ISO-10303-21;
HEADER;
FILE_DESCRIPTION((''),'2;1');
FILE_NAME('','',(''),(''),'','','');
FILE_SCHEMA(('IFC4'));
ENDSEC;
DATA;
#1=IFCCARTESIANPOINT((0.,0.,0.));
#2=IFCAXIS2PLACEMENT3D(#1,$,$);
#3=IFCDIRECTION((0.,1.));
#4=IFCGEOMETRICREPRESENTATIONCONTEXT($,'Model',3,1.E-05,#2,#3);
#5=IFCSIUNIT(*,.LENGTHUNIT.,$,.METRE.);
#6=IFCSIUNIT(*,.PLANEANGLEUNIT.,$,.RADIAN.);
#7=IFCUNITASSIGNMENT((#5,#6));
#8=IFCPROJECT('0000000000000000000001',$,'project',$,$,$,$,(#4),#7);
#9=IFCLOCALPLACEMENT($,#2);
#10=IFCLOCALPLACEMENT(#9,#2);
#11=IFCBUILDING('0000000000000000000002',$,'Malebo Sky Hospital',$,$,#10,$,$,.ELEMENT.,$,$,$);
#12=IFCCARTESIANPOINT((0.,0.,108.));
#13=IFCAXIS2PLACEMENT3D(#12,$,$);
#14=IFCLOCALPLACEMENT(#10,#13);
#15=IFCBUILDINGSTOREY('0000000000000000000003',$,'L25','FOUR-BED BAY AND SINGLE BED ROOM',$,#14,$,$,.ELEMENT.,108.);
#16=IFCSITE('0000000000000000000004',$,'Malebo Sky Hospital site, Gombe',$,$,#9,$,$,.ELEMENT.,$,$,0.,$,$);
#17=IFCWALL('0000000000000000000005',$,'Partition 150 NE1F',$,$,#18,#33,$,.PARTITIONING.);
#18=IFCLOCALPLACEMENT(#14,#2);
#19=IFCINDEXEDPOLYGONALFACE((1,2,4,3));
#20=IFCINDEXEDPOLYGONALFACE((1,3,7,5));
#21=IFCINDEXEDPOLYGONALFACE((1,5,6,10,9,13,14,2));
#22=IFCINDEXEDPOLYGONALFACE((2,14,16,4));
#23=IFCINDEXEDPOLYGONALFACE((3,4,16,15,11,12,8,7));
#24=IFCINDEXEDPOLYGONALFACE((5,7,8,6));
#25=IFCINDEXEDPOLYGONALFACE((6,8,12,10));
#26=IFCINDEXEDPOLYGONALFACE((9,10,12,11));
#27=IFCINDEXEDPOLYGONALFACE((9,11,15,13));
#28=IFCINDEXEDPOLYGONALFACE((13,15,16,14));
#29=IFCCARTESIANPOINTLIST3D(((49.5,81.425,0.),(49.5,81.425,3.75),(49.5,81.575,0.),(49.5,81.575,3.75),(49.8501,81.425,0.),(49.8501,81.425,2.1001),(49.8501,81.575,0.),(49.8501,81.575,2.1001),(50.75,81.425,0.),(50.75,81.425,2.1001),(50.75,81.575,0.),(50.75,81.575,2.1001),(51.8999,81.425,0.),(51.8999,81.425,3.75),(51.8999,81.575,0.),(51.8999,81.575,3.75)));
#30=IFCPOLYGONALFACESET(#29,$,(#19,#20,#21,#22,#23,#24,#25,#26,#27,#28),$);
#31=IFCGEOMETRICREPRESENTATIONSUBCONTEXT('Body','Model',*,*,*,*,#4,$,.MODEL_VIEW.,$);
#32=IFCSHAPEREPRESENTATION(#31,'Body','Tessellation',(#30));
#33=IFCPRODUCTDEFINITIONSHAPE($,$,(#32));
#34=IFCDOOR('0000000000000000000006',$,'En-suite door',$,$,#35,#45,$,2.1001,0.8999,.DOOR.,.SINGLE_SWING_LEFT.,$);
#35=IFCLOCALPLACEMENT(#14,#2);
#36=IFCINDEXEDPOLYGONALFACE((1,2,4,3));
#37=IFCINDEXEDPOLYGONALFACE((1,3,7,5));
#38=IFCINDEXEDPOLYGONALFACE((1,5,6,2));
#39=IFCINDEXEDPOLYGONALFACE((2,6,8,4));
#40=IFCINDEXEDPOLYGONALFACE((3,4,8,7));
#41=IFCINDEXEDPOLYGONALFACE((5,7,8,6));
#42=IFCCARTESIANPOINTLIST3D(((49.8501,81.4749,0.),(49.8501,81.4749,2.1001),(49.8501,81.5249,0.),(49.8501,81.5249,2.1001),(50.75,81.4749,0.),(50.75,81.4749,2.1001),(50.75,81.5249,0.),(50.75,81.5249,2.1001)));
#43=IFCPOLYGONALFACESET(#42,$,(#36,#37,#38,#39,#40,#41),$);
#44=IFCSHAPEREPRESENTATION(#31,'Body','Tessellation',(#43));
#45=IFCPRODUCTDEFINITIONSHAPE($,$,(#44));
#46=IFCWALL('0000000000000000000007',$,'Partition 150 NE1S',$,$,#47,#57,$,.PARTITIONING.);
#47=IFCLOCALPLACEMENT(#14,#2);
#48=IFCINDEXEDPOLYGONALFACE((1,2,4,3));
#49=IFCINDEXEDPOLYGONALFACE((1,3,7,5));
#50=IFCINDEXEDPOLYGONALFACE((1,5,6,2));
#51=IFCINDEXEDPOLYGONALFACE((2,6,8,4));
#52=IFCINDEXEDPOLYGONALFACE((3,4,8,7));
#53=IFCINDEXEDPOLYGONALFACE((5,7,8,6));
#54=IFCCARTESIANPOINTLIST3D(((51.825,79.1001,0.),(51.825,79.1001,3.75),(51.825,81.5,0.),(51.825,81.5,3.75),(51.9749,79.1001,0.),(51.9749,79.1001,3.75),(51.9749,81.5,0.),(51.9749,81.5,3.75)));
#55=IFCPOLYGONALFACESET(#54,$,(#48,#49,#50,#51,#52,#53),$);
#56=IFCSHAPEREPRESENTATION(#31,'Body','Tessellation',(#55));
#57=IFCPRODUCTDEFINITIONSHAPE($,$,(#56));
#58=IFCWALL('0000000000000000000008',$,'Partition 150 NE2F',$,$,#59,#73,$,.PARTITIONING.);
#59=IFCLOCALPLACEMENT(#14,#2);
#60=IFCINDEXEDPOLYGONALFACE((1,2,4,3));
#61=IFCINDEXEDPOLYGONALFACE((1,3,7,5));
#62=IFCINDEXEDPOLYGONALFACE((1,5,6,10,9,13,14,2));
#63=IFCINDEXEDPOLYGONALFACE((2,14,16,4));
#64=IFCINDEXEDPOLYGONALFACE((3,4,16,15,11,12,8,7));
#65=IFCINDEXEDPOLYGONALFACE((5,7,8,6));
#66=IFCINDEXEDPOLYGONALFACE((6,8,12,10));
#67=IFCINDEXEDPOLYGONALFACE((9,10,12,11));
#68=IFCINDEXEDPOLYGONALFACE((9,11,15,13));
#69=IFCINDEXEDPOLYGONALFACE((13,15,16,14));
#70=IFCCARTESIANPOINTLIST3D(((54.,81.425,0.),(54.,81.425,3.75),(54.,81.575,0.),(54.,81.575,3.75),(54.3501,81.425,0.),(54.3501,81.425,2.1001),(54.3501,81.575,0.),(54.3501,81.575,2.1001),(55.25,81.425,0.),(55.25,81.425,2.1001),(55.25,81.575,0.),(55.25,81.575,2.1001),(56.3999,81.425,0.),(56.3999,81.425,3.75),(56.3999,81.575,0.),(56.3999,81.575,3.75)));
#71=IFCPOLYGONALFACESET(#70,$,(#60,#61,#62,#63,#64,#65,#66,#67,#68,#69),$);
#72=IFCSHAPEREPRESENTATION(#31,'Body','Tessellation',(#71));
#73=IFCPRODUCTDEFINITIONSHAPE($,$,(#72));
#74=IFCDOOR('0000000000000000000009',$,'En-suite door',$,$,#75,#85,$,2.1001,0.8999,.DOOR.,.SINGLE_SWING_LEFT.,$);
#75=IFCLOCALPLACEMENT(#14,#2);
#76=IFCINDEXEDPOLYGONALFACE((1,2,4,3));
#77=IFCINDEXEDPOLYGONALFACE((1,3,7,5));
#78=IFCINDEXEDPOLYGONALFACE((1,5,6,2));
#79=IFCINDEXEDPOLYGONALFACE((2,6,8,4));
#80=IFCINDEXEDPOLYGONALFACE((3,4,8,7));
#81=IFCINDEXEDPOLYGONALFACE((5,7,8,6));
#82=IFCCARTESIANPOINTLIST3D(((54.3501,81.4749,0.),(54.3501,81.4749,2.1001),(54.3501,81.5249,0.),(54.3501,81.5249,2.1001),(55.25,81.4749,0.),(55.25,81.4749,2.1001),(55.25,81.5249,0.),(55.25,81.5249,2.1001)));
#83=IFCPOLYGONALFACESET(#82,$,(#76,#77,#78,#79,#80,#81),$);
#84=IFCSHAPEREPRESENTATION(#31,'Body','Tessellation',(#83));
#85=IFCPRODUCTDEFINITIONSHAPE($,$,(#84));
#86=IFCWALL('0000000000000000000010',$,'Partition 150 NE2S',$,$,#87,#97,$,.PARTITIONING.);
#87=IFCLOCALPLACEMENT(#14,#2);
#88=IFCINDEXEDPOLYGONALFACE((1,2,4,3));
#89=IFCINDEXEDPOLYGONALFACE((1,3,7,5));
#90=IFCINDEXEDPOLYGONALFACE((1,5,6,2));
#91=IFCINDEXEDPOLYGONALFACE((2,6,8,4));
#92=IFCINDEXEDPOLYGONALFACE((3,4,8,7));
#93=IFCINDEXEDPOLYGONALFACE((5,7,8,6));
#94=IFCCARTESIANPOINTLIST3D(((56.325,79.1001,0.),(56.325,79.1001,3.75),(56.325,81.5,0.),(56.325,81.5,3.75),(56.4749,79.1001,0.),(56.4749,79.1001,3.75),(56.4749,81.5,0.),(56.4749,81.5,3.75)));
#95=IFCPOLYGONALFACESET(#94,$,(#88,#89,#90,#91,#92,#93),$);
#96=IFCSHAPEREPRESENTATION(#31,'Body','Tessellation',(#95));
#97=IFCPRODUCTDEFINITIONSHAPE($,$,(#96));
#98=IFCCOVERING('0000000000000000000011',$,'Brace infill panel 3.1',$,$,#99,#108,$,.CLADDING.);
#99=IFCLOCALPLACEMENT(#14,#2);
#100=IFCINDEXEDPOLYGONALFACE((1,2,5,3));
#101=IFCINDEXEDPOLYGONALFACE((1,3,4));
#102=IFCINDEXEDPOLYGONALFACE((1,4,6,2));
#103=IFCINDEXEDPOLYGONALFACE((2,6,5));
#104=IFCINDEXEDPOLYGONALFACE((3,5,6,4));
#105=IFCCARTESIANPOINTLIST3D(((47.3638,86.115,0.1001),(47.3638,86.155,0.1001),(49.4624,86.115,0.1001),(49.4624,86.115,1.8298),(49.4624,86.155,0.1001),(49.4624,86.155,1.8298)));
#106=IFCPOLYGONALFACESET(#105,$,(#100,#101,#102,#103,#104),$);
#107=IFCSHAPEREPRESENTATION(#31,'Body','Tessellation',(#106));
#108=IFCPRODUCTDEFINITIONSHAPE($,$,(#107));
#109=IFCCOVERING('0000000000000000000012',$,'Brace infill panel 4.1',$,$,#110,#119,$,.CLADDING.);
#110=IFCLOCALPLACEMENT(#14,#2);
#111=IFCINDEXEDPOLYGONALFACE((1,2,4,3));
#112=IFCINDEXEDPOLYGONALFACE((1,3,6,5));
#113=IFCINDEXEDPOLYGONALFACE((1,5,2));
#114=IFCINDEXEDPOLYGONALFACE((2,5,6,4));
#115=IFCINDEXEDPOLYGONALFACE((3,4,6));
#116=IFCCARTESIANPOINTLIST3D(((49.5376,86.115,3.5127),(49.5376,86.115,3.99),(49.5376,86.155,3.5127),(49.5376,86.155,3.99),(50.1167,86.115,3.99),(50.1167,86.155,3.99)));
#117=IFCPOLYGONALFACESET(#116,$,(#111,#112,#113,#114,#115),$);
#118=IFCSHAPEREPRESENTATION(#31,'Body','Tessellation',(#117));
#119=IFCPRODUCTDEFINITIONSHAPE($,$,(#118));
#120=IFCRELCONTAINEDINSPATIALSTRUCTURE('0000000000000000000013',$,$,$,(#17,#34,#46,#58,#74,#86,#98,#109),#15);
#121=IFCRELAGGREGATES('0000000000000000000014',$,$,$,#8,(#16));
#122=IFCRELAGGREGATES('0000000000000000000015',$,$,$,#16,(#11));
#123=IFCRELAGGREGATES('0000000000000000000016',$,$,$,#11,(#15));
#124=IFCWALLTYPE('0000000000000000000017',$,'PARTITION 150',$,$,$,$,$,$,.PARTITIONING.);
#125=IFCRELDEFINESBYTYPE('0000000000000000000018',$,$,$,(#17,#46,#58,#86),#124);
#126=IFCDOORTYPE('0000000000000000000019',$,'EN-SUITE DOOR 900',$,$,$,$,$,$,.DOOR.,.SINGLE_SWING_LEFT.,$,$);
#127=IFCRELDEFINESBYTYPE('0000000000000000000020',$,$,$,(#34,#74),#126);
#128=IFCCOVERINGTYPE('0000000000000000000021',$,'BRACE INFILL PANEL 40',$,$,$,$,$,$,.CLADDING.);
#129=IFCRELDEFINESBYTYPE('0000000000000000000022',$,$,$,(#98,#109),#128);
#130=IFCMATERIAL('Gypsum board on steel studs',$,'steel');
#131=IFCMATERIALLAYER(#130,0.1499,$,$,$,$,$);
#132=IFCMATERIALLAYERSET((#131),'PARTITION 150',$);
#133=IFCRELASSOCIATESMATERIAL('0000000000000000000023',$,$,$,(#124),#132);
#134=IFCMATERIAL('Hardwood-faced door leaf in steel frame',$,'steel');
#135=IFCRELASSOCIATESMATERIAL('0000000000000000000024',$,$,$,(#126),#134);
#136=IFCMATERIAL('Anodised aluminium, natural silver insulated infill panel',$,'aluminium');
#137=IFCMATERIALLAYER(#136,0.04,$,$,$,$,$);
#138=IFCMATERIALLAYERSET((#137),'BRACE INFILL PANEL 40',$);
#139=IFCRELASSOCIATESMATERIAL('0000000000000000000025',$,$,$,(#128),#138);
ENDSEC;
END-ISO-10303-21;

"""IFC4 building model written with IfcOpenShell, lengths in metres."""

from ifc_helpers import new_model, si_unit, direction, frame, frame_2d, origin, place, context, subcontext, project, spatial, polyline, rectangle, outline, extrude, material, layer, layer_set, type_object, element, fill, save


model = new_model("IFC4")

# Units and contexts
model_context = context("Model", 3, precision=1e-05, world=origin(), true_north=direction((0.0, 1.0)))
body_context = subcontext(model_context, "Body", "Model", "MODEL_VIEW")
ifc_project = project(units=[si_unit("LENGTHUNIT", "METRE"), si_unit("PLANEANGLEUNIT", "RADIAN")], contexts=[model_context])

# Site, building, storey
site_placement = place(None, origin())
site = spatial("IfcSite", under=ifc_project, at=site_placement, Name="Malebo Sky Hospital site, Gombe", CompositionType="ELEMENT", RefElevation=0.0)
building_placement = place(site_placement, origin())
building = spatial("IfcBuilding", under=site, at=building_placement, Name="Malebo Sky Hospital", CompositionType="ELEMENT")
storey_placement = place(building_placement, frame((0.0, 0.0, 108.0)))
storey = spatial("IfcBuildingStorey", under=building, at=storey_placement, Name="L25", Description="FOUR-BED BAY AND SINGLE BED ROOM", CompositionType="ELEMENT", Elevation=108.0)

# Shared definitions
ifc_material_1 = material(Name="Gypsum board on steel studs", Category="steel")
ifc_layer_1 = layer(ifc_material_1, 0.1499)
ifc_layer_set_1 = layer_set([ifc_layer_1], Name="PARTITION 150")
wall_type = type_object("IfcWallType", Name="PARTITION 150", PredefinedType="PARTITIONING", material=ifc_layer_set_1)

# Wall, opening, door
wall_1_placement = place(storey_placement, frame((49.5, 81.5, 0.0), z_axis=(0.0, 0.0, 1.0), x_axis=(1.0, 0.0, 0.0)))
wall_1 = element("IfcWall", 1, at=wall_1_placement, inside=storey, type_object=wall_type, Name="Partition 150 NE1F", PredefinedType="PARTITIONING", context=body_context, shape_type="SweptSolid", body=[
    extrude(rectangle(XDim=2.3999, YDim=0.1499, at=frame_2d((1.2, 0.0))), origin(), (0.0, 0.0, 1.0), 3.75),
])
opening_1_placement = place(wall_1_placement, frame((0.3501, 0.0, 0.0)))
opening_1 = element("IfcOpeningElement", 2, at=opening_1_placement, cuts=wall_1, PredefinedType="OPENING", context=body_context, shape_type="SweptSolid", body=[
    extrude(rectangle(XDim=0.8999, YDim=2.1001, at=frame_2d((0.45, 1.05))), frame((0.0, 0.085, 0.0), z_axis=(0.0, -1.0, 0.0), x_axis=(1.0, 0.0, 0.0)), (0.0, 0.0, 1.0), 0.1699),
])
ifc_material_2 = material(Name="Hardwood-faced door leaf in steel frame", Category="steel")
door_type = type_object("IfcDoorType", Name="EN-SUITE DOOR 900", OperationType="SINGLE_SWING_LEFT", PredefinedType="DOOR", material=ifc_material_2)
door_1_placement = place(opening_1_placement, origin())
door_1 = element("IfcDoor", 3, at=door_1_placement, inside=storey, type_object=door_type, Name="En-suite door", OperationType="SINGLE_SWING_LEFT", OverallHeight=2.1001, OverallWidth=0.8999, PredefinedType="DOOR", context=body_context, shape_type="SweptSolid", body=[
    extrude(rectangle(XDim=0.8999, YDim=2.1001, at=frame_2d((0.45, 1.05))), frame((0.0, 0.0249, 0.0), z_axis=(0.0, -1.0, 0.0), x_axis=(1.0, 0.0, 0.0)), (0.0, 0.0, 1.0), 0.05),
])
fill(opening_1, door_1)

# Wall
wall_2_placement = place(storey_placement, frame((51.8999, 79.1001, 0.0), z_axis=(0.0, 0.0, 1.0), x_axis=(0.0, 1.0, 0.0)))
element("IfcWall", 4, at=wall_2_placement, inside=storey, type_object=wall_type, Name="Partition 150 NE1S", PredefinedType="PARTITIONING", context=body_context, shape_type="SweptSolid", body=[
    extrude(rectangle(XDim=2.3999, YDim=0.1499, at=frame_2d((1.2, 0.0))), origin(), (0.0, 0.0, 1.0), 3.75),
])

# Wall, opening, door
wall_3_placement = place(storey_placement, frame((54.0, 81.5, 0.0), z_axis=(0.0, 0.0, 1.0), x_axis=(1.0, 0.0, 0.0)))
wall_3 = element("IfcWall", 5, at=wall_3_placement, inside=storey, type_object=wall_type, Name="Partition 150 NE2F", PredefinedType="PARTITIONING", context=body_context, shape_type="SweptSolid", body=[
    extrude(rectangle(XDim=2.3999, YDim=0.1499, at=frame_2d((1.2, 0.0))), origin(), (0.0, 0.0, 1.0), 3.75),
])
opening_2_placement = place(wall_3_placement, frame((0.3501, 0.0, 0.0)))
opening_2 = element("IfcOpeningElement", 6, at=opening_2_placement, cuts=wall_3, PredefinedType="OPENING", context=body_context, shape_type="SweptSolid", body=[
    extrude(rectangle(XDim=0.8999, YDim=2.1001, at=frame_2d((0.45, 1.05))), frame((0.0, 0.085, 0.0), z_axis=(0.0, -1.0, 0.0), x_axis=(1.0, 0.0, 0.0)), (0.0, 0.0, 1.0), 0.1699),
])
door_2_placement = place(opening_2_placement, origin())
door_2 = element("IfcDoor", 7, at=door_2_placement, inside=storey, type_object=door_type, Name="En-suite door", OperationType="SINGLE_SWING_LEFT", OverallHeight=2.1001, OverallWidth=0.8999, PredefinedType="DOOR", context=body_context, shape_type="SweptSolid", body=[
    extrude(rectangle(XDim=0.8999, YDim=2.1001, at=frame_2d((0.45, 1.05))), frame((0.0, 0.0249, 0.0), z_axis=(0.0, -1.0, 0.0), x_axis=(1.0, 0.0, 0.0)), (0.0, 0.0, 1.0), 0.05),
])
fill(opening_2, door_2)

# Wall
wall_4_placement = place(storey_placement, frame((56.3999, 79.1001, 0.0), z_axis=(0.0, 0.0, 1.0), x_axis=(0.0, 1.0, 0.0)))
element("IfcWall", 8, at=wall_4_placement, inside=storey, type_object=wall_type, Name="Partition 150 NE2S", PredefinedType="PARTITIONING", context=body_context, shape_type="SweptSolid", body=[
    extrude(rectangle(XDim=2.3999, YDim=0.1499, at=frame_2d((1.2, 0.0))), origin(), (0.0, 0.0, 1.0), 3.75),
])

# Coverings
ifc_material_3 = material(Name="Anodised aluminium, natural silver insulated infill panel", Category="aluminium")
ifc_layer_2 = layer(ifc_material_3, 0.04)
ifc_layer_set_2 = layer_set([ifc_layer_2], Name="BRACE INFILL PANEL 40")
covering_type = type_object("IfcCoveringType", Name="BRACE INFILL PANEL 40", PredefinedType="CLADDING", material=ifc_layer_set_2)
covering_1_placement = place(storey_placement, frame((48.4131, 86.135, 0.1001), z_axis=(0.0, 0.0, 1.0), x_axis=(1.0, 0.0, 0.0)))
element("IfcCovering", 9, at=covering_1_placement, inside=storey, type_object=covering_type, Name="Brace infill panel 3.1", PredefinedType="CLADDING", context=body_context, shape_type="SweptSolid", body=[
    extrude(outline(polyline([(-1.0493, 0.0), (1.0493, 0.0), (1.0493, 1.7297), (-1.0493, 0.0)])), frame((0.0, 0.02, 0.0), z_axis=(0.0, -1.0, 0.0), x_axis=(1.0, 0.0, 0.0)), (0.0, 0.0, 1.0), 0.04),
])
covering_2_placement = place(storey_placement, frame((49.8271, 86.135, 3.5127), z_axis=(0.0, 0.0, 1.0), x_axis=(1.0, 0.0, 0.0)))
element("IfcCovering", 10, at=covering_2_placement, inside=storey, type_object=covering_type, Name="Brace infill panel 4.1", PredefinedType="CLADDING", context=body_context, shape_type="SweptSolid", body=[
    extrude(outline(polyline([(-0.2896, 0.0), (0.2896, 0.4773), (-0.2896, 0.4773), (-0.2896, 0.0)])), frame((0.0, 0.02, 0.0), z_axis=(0.0, -1.0, 0.0), x_axis=(1.0, 0.0, 0.0)), (0.0, 0.0, 1.0), 0.04),
])

save(model, "model.ifc")
